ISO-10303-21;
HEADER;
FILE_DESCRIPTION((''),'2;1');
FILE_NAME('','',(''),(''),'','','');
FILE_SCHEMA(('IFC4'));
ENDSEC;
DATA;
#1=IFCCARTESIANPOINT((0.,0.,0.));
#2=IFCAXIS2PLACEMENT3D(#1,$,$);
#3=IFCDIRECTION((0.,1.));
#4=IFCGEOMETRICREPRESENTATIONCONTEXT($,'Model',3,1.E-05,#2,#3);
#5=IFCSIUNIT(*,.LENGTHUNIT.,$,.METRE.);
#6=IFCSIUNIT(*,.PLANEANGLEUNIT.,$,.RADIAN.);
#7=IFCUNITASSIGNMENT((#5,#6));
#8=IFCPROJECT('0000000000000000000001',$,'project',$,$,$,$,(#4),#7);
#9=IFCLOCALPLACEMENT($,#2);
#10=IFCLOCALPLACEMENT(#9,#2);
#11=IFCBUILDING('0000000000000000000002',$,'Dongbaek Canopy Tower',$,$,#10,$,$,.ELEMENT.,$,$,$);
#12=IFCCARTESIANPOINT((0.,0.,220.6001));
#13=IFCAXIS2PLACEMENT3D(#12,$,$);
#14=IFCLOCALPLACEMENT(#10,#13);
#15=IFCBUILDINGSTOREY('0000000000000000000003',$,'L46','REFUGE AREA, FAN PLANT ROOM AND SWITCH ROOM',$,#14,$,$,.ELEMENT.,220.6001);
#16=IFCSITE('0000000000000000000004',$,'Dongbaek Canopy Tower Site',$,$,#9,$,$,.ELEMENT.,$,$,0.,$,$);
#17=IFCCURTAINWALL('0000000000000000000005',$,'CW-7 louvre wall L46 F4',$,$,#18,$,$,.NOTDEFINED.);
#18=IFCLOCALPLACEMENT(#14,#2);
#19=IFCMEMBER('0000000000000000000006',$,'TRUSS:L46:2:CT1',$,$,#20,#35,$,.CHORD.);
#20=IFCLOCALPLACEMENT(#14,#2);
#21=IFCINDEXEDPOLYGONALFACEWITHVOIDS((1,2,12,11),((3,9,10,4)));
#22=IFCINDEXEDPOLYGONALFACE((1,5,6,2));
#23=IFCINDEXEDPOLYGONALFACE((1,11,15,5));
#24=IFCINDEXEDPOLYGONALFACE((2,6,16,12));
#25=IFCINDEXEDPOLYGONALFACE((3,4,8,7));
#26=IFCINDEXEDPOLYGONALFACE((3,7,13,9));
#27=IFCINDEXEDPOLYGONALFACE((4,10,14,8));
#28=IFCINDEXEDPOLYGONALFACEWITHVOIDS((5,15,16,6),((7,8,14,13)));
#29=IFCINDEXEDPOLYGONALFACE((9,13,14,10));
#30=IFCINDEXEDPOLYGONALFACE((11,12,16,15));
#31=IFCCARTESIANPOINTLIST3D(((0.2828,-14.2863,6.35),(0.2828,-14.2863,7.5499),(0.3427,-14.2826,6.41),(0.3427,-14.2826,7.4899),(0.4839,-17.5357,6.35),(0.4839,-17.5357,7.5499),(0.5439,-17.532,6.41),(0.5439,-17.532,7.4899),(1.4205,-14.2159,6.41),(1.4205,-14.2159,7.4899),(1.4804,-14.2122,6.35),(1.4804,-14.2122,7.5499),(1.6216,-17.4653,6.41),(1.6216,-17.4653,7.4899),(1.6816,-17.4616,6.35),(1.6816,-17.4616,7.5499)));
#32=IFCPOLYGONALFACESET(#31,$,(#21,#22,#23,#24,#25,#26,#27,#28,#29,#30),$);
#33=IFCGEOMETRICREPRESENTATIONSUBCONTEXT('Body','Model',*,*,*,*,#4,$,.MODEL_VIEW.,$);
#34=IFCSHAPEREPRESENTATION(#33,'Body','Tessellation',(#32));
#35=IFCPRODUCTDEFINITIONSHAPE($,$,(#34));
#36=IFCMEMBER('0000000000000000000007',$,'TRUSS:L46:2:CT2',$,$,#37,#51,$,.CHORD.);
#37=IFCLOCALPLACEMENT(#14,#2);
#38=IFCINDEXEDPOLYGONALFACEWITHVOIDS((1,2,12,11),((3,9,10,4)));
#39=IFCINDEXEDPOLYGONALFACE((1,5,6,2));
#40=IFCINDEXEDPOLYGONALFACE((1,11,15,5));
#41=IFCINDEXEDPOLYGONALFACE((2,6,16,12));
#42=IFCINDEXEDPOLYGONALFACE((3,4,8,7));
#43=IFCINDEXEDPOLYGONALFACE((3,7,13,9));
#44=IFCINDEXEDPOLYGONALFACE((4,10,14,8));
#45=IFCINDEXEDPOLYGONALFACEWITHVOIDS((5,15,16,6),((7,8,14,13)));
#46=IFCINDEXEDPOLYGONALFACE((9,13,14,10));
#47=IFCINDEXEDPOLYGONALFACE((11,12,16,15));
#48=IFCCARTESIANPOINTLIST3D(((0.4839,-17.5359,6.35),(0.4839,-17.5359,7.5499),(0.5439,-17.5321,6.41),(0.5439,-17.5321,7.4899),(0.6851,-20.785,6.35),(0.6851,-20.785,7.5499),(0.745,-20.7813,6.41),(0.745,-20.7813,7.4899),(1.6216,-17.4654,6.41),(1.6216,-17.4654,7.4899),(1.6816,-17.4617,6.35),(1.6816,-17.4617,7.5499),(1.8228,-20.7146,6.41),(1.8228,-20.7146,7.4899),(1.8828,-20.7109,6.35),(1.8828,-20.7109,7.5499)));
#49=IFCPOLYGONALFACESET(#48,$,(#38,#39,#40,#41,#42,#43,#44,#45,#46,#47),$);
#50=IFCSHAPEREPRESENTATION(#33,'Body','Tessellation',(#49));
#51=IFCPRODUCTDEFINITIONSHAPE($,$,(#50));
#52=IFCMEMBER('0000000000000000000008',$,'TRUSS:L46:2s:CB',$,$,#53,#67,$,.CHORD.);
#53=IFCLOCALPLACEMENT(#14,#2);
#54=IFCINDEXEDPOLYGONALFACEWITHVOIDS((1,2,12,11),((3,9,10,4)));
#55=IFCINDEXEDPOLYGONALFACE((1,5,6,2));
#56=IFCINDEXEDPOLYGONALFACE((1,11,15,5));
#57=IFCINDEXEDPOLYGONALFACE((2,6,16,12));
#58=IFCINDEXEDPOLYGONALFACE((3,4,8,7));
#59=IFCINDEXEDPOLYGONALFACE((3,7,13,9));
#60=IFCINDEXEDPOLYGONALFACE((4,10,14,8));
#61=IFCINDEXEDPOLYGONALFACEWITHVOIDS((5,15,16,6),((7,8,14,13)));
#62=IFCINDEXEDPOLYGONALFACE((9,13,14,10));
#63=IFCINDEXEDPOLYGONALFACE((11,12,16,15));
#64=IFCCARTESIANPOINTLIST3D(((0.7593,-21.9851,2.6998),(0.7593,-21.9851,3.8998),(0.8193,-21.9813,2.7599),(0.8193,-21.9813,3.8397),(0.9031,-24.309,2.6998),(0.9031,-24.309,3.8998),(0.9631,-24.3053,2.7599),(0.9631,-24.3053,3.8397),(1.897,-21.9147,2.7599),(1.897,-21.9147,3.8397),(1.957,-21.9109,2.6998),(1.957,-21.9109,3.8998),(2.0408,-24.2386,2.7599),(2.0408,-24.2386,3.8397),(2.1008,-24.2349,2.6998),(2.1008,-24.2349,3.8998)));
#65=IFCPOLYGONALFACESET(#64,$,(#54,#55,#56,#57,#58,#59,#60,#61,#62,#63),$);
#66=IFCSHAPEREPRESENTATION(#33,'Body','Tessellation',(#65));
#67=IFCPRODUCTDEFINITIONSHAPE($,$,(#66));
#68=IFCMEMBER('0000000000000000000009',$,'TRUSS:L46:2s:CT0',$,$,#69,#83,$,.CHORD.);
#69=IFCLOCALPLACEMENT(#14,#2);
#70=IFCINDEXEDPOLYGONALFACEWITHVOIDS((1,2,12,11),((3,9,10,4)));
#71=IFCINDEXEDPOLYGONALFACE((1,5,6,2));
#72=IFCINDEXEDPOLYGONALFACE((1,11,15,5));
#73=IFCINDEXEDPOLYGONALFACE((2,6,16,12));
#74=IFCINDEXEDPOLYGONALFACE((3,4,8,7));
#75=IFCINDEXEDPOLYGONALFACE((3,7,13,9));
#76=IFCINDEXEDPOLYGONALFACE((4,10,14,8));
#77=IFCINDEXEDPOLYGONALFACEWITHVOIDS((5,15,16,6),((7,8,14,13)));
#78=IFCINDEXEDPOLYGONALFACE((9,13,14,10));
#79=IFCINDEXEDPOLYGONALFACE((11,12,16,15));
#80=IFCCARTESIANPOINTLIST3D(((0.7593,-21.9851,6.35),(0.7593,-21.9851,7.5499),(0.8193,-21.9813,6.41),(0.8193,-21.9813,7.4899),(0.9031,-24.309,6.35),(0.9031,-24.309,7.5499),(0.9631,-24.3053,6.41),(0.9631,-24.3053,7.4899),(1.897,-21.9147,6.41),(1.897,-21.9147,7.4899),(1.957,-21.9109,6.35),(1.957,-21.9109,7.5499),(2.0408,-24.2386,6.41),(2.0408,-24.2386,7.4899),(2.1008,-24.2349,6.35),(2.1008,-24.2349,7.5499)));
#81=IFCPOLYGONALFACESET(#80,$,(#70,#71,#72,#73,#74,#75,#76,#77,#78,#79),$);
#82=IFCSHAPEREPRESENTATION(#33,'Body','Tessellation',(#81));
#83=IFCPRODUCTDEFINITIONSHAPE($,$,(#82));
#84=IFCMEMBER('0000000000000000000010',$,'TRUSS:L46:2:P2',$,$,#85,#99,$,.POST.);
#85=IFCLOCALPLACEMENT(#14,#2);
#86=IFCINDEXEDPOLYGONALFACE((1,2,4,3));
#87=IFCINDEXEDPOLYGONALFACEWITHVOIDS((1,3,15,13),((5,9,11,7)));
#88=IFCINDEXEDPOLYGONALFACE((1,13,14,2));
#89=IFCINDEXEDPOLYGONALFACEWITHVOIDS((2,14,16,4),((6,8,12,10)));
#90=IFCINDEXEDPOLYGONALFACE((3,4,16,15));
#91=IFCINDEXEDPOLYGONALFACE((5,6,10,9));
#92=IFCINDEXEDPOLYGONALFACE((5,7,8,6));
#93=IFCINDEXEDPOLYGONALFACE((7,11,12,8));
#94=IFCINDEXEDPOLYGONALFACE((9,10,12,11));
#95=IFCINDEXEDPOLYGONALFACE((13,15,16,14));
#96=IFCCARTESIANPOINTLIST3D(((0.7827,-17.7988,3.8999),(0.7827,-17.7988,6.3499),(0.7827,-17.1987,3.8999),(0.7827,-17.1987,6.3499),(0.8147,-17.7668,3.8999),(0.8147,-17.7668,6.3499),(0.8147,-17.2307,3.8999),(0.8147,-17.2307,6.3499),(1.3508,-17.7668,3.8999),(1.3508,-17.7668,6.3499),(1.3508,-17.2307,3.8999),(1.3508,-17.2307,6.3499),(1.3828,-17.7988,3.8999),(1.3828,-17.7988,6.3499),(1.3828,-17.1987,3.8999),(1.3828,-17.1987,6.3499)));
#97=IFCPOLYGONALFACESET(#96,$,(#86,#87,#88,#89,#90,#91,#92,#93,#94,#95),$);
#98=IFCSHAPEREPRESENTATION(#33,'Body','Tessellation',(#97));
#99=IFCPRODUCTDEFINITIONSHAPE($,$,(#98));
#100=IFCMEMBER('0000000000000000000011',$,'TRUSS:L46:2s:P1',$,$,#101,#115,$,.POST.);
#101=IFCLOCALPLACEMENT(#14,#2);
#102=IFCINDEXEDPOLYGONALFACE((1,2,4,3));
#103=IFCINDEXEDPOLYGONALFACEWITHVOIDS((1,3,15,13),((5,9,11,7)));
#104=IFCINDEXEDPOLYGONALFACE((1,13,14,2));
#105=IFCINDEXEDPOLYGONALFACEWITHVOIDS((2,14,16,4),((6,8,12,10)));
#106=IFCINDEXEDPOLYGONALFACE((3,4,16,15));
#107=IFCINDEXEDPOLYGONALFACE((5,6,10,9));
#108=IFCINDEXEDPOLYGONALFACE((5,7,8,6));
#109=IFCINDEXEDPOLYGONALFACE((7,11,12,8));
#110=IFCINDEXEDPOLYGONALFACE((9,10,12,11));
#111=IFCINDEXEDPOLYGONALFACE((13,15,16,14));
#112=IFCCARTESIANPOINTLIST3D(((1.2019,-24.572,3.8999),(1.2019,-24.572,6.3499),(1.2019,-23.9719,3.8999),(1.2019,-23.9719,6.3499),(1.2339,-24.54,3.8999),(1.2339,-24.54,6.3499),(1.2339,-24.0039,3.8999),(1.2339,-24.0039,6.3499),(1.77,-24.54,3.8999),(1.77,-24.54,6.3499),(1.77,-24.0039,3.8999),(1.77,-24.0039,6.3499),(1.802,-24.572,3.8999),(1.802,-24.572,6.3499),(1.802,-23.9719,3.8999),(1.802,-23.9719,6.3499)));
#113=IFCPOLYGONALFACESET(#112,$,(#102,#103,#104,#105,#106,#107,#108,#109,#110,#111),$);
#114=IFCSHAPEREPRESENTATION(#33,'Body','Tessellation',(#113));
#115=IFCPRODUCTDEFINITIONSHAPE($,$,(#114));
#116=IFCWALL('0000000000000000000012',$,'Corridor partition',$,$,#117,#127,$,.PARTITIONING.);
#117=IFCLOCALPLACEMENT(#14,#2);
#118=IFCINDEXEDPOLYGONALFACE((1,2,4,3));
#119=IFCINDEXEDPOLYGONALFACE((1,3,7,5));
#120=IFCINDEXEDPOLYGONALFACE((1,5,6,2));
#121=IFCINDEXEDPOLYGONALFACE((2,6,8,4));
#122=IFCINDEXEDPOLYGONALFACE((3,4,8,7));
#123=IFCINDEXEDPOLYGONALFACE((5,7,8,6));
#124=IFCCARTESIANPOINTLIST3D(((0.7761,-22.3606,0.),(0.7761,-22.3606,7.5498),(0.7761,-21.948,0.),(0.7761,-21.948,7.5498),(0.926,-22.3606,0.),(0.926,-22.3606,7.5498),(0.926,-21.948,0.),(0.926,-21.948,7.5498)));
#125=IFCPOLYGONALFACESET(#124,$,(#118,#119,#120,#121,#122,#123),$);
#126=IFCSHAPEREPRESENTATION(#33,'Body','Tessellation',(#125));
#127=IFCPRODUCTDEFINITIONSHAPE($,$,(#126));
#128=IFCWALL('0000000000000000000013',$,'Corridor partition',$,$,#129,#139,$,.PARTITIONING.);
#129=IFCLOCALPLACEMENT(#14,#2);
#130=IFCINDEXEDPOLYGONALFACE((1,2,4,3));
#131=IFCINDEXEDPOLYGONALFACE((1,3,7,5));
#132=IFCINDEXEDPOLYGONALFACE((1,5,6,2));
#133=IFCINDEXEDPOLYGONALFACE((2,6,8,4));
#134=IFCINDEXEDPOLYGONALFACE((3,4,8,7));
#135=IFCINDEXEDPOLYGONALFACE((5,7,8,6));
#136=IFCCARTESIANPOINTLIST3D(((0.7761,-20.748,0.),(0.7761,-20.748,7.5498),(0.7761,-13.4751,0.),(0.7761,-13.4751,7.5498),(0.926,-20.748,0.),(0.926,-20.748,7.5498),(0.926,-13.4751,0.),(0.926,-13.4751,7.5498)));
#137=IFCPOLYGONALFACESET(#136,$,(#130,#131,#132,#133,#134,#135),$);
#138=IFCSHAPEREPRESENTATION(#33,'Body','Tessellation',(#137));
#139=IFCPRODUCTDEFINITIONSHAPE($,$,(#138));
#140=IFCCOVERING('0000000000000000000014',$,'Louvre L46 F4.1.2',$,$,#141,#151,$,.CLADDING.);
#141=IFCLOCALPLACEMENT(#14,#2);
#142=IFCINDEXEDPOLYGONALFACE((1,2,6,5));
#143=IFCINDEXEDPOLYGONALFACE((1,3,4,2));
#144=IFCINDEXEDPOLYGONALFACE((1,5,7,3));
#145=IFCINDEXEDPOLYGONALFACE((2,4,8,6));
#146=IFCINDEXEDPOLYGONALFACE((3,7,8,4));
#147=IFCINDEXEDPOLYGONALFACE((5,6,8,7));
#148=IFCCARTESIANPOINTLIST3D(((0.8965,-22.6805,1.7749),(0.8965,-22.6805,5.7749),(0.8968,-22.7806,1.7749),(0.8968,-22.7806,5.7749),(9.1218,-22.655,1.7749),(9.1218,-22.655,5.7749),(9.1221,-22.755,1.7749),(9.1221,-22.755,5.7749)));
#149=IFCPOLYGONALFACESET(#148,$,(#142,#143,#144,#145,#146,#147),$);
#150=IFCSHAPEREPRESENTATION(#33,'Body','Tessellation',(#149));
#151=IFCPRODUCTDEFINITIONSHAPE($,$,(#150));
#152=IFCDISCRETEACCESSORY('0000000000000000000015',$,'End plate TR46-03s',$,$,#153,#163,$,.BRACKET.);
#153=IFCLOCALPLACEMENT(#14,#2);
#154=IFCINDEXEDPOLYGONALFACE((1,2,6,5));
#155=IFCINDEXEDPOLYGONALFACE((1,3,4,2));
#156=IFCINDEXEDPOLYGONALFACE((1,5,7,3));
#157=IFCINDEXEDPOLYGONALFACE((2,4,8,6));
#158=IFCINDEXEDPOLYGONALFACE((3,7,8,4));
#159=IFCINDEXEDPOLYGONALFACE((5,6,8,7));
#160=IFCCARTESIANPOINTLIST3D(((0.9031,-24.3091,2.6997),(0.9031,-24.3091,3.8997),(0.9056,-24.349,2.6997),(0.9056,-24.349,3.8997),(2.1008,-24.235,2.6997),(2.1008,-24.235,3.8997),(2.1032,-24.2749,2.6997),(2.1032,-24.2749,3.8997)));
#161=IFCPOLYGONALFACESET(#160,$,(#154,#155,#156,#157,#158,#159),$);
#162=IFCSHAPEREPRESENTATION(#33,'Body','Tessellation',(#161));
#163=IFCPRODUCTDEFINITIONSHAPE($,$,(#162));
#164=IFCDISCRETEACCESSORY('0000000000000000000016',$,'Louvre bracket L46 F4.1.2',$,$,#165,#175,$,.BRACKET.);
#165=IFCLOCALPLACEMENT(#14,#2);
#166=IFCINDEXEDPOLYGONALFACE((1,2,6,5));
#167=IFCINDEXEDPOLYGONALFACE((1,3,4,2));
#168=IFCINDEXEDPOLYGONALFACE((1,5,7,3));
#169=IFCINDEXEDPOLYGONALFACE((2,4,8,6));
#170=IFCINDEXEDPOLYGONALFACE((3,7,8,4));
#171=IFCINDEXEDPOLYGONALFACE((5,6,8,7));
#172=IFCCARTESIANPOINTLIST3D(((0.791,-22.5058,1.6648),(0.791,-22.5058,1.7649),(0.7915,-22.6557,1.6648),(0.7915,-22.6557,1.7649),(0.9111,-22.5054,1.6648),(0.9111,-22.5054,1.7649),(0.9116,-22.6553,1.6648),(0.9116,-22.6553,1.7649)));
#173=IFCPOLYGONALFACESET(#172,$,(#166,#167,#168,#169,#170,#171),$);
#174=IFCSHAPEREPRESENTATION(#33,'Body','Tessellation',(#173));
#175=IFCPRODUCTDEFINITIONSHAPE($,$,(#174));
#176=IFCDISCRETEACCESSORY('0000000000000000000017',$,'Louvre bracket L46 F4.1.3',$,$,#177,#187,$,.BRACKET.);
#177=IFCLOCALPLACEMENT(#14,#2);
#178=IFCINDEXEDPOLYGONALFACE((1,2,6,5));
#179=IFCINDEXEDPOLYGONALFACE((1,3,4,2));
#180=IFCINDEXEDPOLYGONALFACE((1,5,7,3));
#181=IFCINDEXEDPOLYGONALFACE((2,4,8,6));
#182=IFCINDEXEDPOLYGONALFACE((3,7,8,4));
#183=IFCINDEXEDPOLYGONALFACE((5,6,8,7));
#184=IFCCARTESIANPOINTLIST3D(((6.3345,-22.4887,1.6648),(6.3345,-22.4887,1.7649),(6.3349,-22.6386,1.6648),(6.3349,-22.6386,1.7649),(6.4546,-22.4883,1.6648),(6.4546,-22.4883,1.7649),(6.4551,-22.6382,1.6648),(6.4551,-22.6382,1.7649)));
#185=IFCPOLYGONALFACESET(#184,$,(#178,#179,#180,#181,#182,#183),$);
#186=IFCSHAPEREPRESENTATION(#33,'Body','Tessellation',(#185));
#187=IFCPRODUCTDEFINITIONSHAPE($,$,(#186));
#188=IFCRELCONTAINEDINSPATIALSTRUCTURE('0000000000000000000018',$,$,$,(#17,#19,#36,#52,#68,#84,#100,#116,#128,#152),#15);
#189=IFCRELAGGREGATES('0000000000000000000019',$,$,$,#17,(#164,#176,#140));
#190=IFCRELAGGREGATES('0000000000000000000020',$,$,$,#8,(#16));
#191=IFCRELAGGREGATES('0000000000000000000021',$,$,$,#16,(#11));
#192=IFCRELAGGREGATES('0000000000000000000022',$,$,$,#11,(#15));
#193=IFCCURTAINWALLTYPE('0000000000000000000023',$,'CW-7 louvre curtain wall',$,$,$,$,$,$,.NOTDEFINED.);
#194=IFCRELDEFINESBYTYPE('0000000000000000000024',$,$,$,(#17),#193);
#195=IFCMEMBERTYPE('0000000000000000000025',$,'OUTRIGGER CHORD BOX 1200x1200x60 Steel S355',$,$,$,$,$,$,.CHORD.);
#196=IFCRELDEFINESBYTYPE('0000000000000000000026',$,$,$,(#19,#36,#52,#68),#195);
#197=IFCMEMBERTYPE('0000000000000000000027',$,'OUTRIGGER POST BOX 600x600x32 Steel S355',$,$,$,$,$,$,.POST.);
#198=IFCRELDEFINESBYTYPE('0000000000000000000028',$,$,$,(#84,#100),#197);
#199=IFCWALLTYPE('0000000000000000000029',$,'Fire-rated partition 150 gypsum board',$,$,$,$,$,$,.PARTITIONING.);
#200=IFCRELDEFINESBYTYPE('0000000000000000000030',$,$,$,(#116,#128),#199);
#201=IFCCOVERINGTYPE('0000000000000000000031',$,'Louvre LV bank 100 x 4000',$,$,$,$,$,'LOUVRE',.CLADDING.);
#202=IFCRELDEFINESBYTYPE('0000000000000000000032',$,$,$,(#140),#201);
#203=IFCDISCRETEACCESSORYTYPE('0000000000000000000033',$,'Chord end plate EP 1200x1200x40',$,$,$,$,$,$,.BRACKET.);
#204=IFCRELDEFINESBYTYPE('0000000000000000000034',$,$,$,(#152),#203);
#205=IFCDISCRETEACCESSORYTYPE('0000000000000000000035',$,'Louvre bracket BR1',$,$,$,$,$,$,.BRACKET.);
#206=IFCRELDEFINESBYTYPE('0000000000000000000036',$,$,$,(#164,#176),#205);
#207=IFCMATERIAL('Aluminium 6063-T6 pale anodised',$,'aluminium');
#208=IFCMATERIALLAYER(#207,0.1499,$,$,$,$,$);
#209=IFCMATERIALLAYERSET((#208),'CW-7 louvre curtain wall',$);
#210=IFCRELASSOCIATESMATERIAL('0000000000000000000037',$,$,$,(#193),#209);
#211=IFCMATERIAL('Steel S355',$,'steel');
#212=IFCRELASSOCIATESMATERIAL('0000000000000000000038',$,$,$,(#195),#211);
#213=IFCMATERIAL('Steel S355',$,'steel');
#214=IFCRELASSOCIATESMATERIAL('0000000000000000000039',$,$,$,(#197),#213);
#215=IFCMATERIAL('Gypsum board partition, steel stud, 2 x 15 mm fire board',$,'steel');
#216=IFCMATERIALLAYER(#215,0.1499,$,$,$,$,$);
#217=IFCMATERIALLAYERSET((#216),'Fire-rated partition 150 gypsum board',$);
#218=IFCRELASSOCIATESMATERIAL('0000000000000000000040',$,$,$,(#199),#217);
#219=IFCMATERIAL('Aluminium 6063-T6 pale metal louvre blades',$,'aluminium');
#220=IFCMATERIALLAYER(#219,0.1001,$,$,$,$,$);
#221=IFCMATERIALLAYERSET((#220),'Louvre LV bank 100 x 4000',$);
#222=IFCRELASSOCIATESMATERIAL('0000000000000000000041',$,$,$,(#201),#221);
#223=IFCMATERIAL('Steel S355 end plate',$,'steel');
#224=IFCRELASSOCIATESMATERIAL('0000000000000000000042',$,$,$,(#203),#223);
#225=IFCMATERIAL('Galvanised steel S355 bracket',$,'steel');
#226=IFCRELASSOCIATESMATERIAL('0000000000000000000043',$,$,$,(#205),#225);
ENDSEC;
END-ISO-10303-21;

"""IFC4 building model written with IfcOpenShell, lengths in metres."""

from ifc_helpers import new_model, si_unit, direction, frame, frame_2d, origin, origin_2d, place, context, subcontext, project, spatial, rectangle, hollow_rectangle, extrude, material, layer, layer_set, material_profile, profile_set, type_object, element, aggregate, save


model = new_model("IFC4")

# Units and contexts
model_context = context("Model", 3, precision=1e-05, world=origin(), true_north=direction((0.0, 1.0)))
body_context = subcontext(model_context, "Body", "Model", "MODEL_VIEW")
ifc_project = project(units=[si_unit("LENGTHUNIT", "METRE"), si_unit("PLANEANGLEUNIT", "RADIAN")], contexts=[model_context])

# Site, building, storey
site_placement = place(None, origin())
site = spatial("IfcSite", under=ifc_project, at=site_placement, Name="Dongbaek Canopy Tower Site", CompositionType="ELEMENT", RefElevation=0.0)
building_placement = place(site_placement, origin())
building = spatial("IfcBuilding", under=site, at=building_placement, Name="Dongbaek Canopy Tower", CompositionType="ELEMENT")
storey_placement = place(building_placement, frame((0.0, 0.0, 220.6001)))
storey = spatial("IfcBuildingStorey", under=building, at=storey_placement, Name="L46", Description="REFUGE AREA, FAN PLANT ROOM AND SWITCH ROOM", CompositionType="ELEMENT", Elevation=220.6001)

# Curtain wall
ifc_material_1 = material(Name="Aluminium 6063-T6 pale anodised", Category="aluminium")
ifc_layer_1 = layer(ifc_material_1, 0.1499)
ifc_layer_set_1 = layer_set([ifc_layer_1], Name="CW-7 louvre curtain wall")
curtain_wall_type = type_object("IfcCurtainWallType", Name="CW-7 louvre curtain wall", PredefinedType="NOTDEFINED", material=ifc_layer_set_1)
curtain_wall_placement = place(storey_placement, origin())
curtain_wall = element("IfcCurtainWall", 1, at=curtain_wall_placement, inside=storey, type_object=curtain_wall_type, Name="CW-7 louvre wall L46 F4", PredefinedType="NOTDEFINED")

# Members
ifc_material_2 = material(Name="Steel S355", Category="steel")
ifc_material_profile_1 = material_profile(ifc_material_2, hollow_rectangle(XDim=1.2, YDim=1.2, WallThickness=0.0601, at=origin_2d()), Name="OUTRIGGER CHORD BOX 1200x1200x60 Steel S355")
ifc_profile_set_1 = profile_set([ifc_material_profile_1], Name="Steel S355")
member_type_1 = type_object("IfcMemberType", Name="OUTRIGGER CHORD BOX 1200x1200x60 Steel S355", PredefinedType="CHORD", material=ifc_profile_set_1)
member_1_placement = place(storey_placement, frame((0.8816, -14.2493, 6.95), z_axis=(0.06179, -0.998089, 0.0), x_axis=(0.998089, 0.06179, 0.0)))
element("IfcMember", 2, at=member_1_placement, inside=storey, type_object=member_type_1, Name="TRUSS:L46:2:CT1", PredefinedType="CHORD", context=body_context, shape_type="SweptSolid", body=[
    extrude(hollow_rectangle(XDim=1.2, YDim=1.2, WallThickness=0.0601, at=origin_2d()), origin(), (0.0, 0.0, 1.0), 3.2556),
])
member_2_placement = place(storey_placement, frame((1.0828, -17.4988, 6.95), z_axis=(0.061795, -0.998089, 0.0), x_axis=(0.998089, 0.061795, 0.0)))
element("IfcMember", 3, at=member_2_placement, inside=storey, type_object=member_type_1, Name="TRUSS:L46:2:CT2", PredefinedType="CHORD", context=body_context, shape_type="SweptSolid", body=[
    extrude(hollow_rectangle(XDim=1.2, YDim=1.2, WallThickness=0.0601, at=origin_2d()), origin(), (0.0, 0.0, 1.0), 3.2554),
])
for number, where, z_axis, x_axis, name in (
    (4, (1.3582, -21.948, 3.2998), (0.061758, -0.998091, 0.0), (0.998091, 0.061758, 0.0), "TRUSS:L46:2s:CB"),
    (5, (1.3582, -21.948, 6.95), (0.061758, -0.998091, 0.0), (0.998091, 0.061758, 0.0), "TRUSS:L46:2s:CT0"),
):
    element("IfcMember", number, at=place(storey_placement, frame(where, z_axis=z_axis, x_axis=x_axis)), inside=storey, type_object=member_type_1, Name=name, PredefinedType="CHORD", context=body_context, shape_type="SweptSolid", body=[
        extrude(hollow_rectangle(XDim=1.2, YDim=1.2, WallThickness=0.0601, at=origin_2d()), origin(), (0.0, 0.0, 1.0), 2.3284),
    ])
ifc_material_3 = material(Name="Steel S355", Category="steel")
ifc_material_profile_2 = material_profile(ifc_material_3, hollow_rectangle(XDim=0.6001, YDim=0.6001, WallThickness=0.032, at=origin_2d()), Name="OUTRIGGER POST BOX 600x600x32 Steel S355")
ifc_profile_set_2 = profile_set([ifc_material_profile_2], Name="Steel S355")
member_type_2 = type_object("IfcMemberType", Name="OUTRIGGER POST BOX 600x600x32 Steel S355", PredefinedType="POST", material=ifc_profile_set_2)
for number, where, z_axis, x_axis, name in (
    (6, (1.0828, -17.4988, 3.8999), (0.0, 0.0, 1.0), (1.0, 0.0, 0.0), "TRUSS:L46:2:P2"),
    (7, (1.502, -24.272, 3.8999), (0.0, 0.0, 1.0), (1.0, 0.0, 0.0), "TRUSS:L46:2s:P1"),
):
    element("IfcMember", number, at=place(storey_placement, frame(where, z_axis=z_axis, x_axis=x_axis)), inside=storey, type_object=member_type_2, Name=name, PredefinedType="POST", context=body_context, shape_type="SweptSolid", body=[
        extrude(hollow_rectangle(XDim=0.6001, YDim=0.6001, WallThickness=0.032, at=origin_2d()), origin(), (0.0, 0.0, 1.0), 2.45),
    ])

# Walls
ifc_material_4 = material(Name="Gypsum board partition, steel stud, 2 x 15 mm fire board", Category="steel")
ifc_layer_2 = layer(ifc_material_4, 0.1499)
ifc_layer_set_2 = layer_set([ifc_layer_2], Name="Fire-rated partition 150 gypsum board")
wall_type = type_object("IfcWallType", Name="Fire-rated partition 150 gypsum board", PredefinedType="PARTITIONING", material=ifc_layer_set_2)
wall_1_placement = place(storey_placement, frame((0.8511, -22.3606, 0.0), z_axis=(0.0, 0.0, 1.0), x_axis=(0.0, 1.0, 0.0)))
element("IfcWall", 8, at=wall_1_placement, inside=storey, type_object=wall_type, Name="Corridor partition", PredefinedType="PARTITIONING", context=body_context, shape_type="SweptSolid", body=[
    extrude(rectangle(XDim=0.4126, YDim=0.1499, at=frame_2d((0.2063, 0.0))), origin(), (0.0, 0.0, 1.0), 7.5498),
])
wall_2_placement = place(storey_placement, frame((0.8511, -20.748, 0.0), z_axis=(0.0, 0.0, 1.0), x_axis=(0.0, 1.0, 0.0)))
element("IfcWall", 9, at=wall_2_placement, inside=storey, type_object=wall_type, Name="Corridor partition", PredefinedType="PARTITIONING", context=body_context, shape_type="SweptSolid", body=[
    extrude(rectangle(XDim=7.2729, YDim=0.1499, at=frame_2d((3.6365, 0.0))), origin(), (0.0, 0.0, 1.0), 7.5498),
])

# Covering
ifc_material_5 = material(Name="Aluminium 6063-T6 pale metal louvre blades", Category="aluminium")
ifc_layer_3 = layer(ifc_material_5, 0.1001)
ifc_layer_set_3 = layer_set([ifc_layer_3], Name="Louvre LV bank 100 x 4000")
covering_type = type_object("IfcCoveringType", Name="Louvre LV bank 100 x 4000", ElementType="LOUVRE", PredefinedType="CLADDING", material=ifc_layer_set_3)
covering_placement = place(storey_placement, frame((5.0093, -22.7178, 1.7749), z_axis=(0.0, 0.0, 1.0), x_axis=(0.999995, 0.003106, 0.0)))
covering = element("IfcCovering", 10, at=covering_placement, type_object=covering_type, Name="Louvre L46 F4.1.2", PredefinedType="CLADDING", context=body_context, shape_type="SweptSolid", body=[
    extrude(rectangle(XDim=8.2253, YDim=0.1001, at=origin_2d()), origin(), (0.0, 0.0, 1.0), 4.0),
])

# Discrete accessories
ifc_material_6 = material(Name="Steel S355 end plate", Category="steel")
discrete_accessory_type_1 = type_object("IfcDiscreteAccessoryType", Name="Chord end plate EP 1200x1200x40", PredefinedType="BRACKET", material=ifc_material_6)
discrete_accessory_1_placement = place(storey_placement, frame((1.5032, -24.292, 2.6997), z_axis=(0.0, 0.0, 1.0), x_axis=(-0.061761, 0.998091, 0.0)))
element("IfcDiscreteAccessory", 11, at=discrete_accessory_1_placement, inside=storey, type_object=discrete_accessory_type_1, Name="End plate TR46-03s", PredefinedType="BRACKET", context=body_context, shape_type="SweptSolid", body=[
    extrude(rectangle(XDim=0.04, YDim=1.2, at=origin_2d()), origin(), (0.0, 0.0, 1.0), 1.2),
])
ifc_material_7 = material(Name="Galvanised steel S355 bracket", Category="steel")
discrete_accessory_type_2 = type_object("IfcDiscreteAccessoryType", Name="Louvre bracket BR1", PredefinedType="BRACKET", material=ifc_material_7)
discrete_accessory_2_placement = place(storey_placement, frame((0.8513, -22.5806, 1.6648), z_axis=(0.0, 0.0, 1.0), x_axis=(0.999995, 0.003106, 0.0)))
discrete_accessory_2 = element("IfcDiscreteAccessory", 12, at=discrete_accessory_2_placement, type_object=discrete_accessory_type_2, Name="Louvre bracket L46 F4.1.2", PredefinedType="BRACKET", context=body_context, shape_type="SweptSolid", body=[
    extrude(rectangle(XDim=0.1201, YDim=0.1499, at=origin_2d()), origin(), (0.0, 0.0, 1.0), 0.1001),
])
discrete_accessory_3_placement = place(storey_placement, frame((6.3948, -22.5635, 1.6648), z_axis=(0.0, 0.0, 1.0), x_axis=(0.999995, 0.003106, 0.0)))
discrete_accessory_3 = element("IfcDiscreteAccessory", 13, at=discrete_accessory_3_placement, type_object=discrete_accessory_type_2, Name="Louvre bracket L46 F4.1.3", PredefinedType="BRACKET", context=body_context, shape_type="SweptSolid", body=[
    extrude(rectangle(XDim=0.1201, YDim=0.1499, at=origin_2d()), origin(), (0.0, 0.0, 1.0), 0.1001),
])
aggregate(curtain_wall, [discrete_accessory_2, discrete_accessory_3, covering])

save(model, "model.ifc")
